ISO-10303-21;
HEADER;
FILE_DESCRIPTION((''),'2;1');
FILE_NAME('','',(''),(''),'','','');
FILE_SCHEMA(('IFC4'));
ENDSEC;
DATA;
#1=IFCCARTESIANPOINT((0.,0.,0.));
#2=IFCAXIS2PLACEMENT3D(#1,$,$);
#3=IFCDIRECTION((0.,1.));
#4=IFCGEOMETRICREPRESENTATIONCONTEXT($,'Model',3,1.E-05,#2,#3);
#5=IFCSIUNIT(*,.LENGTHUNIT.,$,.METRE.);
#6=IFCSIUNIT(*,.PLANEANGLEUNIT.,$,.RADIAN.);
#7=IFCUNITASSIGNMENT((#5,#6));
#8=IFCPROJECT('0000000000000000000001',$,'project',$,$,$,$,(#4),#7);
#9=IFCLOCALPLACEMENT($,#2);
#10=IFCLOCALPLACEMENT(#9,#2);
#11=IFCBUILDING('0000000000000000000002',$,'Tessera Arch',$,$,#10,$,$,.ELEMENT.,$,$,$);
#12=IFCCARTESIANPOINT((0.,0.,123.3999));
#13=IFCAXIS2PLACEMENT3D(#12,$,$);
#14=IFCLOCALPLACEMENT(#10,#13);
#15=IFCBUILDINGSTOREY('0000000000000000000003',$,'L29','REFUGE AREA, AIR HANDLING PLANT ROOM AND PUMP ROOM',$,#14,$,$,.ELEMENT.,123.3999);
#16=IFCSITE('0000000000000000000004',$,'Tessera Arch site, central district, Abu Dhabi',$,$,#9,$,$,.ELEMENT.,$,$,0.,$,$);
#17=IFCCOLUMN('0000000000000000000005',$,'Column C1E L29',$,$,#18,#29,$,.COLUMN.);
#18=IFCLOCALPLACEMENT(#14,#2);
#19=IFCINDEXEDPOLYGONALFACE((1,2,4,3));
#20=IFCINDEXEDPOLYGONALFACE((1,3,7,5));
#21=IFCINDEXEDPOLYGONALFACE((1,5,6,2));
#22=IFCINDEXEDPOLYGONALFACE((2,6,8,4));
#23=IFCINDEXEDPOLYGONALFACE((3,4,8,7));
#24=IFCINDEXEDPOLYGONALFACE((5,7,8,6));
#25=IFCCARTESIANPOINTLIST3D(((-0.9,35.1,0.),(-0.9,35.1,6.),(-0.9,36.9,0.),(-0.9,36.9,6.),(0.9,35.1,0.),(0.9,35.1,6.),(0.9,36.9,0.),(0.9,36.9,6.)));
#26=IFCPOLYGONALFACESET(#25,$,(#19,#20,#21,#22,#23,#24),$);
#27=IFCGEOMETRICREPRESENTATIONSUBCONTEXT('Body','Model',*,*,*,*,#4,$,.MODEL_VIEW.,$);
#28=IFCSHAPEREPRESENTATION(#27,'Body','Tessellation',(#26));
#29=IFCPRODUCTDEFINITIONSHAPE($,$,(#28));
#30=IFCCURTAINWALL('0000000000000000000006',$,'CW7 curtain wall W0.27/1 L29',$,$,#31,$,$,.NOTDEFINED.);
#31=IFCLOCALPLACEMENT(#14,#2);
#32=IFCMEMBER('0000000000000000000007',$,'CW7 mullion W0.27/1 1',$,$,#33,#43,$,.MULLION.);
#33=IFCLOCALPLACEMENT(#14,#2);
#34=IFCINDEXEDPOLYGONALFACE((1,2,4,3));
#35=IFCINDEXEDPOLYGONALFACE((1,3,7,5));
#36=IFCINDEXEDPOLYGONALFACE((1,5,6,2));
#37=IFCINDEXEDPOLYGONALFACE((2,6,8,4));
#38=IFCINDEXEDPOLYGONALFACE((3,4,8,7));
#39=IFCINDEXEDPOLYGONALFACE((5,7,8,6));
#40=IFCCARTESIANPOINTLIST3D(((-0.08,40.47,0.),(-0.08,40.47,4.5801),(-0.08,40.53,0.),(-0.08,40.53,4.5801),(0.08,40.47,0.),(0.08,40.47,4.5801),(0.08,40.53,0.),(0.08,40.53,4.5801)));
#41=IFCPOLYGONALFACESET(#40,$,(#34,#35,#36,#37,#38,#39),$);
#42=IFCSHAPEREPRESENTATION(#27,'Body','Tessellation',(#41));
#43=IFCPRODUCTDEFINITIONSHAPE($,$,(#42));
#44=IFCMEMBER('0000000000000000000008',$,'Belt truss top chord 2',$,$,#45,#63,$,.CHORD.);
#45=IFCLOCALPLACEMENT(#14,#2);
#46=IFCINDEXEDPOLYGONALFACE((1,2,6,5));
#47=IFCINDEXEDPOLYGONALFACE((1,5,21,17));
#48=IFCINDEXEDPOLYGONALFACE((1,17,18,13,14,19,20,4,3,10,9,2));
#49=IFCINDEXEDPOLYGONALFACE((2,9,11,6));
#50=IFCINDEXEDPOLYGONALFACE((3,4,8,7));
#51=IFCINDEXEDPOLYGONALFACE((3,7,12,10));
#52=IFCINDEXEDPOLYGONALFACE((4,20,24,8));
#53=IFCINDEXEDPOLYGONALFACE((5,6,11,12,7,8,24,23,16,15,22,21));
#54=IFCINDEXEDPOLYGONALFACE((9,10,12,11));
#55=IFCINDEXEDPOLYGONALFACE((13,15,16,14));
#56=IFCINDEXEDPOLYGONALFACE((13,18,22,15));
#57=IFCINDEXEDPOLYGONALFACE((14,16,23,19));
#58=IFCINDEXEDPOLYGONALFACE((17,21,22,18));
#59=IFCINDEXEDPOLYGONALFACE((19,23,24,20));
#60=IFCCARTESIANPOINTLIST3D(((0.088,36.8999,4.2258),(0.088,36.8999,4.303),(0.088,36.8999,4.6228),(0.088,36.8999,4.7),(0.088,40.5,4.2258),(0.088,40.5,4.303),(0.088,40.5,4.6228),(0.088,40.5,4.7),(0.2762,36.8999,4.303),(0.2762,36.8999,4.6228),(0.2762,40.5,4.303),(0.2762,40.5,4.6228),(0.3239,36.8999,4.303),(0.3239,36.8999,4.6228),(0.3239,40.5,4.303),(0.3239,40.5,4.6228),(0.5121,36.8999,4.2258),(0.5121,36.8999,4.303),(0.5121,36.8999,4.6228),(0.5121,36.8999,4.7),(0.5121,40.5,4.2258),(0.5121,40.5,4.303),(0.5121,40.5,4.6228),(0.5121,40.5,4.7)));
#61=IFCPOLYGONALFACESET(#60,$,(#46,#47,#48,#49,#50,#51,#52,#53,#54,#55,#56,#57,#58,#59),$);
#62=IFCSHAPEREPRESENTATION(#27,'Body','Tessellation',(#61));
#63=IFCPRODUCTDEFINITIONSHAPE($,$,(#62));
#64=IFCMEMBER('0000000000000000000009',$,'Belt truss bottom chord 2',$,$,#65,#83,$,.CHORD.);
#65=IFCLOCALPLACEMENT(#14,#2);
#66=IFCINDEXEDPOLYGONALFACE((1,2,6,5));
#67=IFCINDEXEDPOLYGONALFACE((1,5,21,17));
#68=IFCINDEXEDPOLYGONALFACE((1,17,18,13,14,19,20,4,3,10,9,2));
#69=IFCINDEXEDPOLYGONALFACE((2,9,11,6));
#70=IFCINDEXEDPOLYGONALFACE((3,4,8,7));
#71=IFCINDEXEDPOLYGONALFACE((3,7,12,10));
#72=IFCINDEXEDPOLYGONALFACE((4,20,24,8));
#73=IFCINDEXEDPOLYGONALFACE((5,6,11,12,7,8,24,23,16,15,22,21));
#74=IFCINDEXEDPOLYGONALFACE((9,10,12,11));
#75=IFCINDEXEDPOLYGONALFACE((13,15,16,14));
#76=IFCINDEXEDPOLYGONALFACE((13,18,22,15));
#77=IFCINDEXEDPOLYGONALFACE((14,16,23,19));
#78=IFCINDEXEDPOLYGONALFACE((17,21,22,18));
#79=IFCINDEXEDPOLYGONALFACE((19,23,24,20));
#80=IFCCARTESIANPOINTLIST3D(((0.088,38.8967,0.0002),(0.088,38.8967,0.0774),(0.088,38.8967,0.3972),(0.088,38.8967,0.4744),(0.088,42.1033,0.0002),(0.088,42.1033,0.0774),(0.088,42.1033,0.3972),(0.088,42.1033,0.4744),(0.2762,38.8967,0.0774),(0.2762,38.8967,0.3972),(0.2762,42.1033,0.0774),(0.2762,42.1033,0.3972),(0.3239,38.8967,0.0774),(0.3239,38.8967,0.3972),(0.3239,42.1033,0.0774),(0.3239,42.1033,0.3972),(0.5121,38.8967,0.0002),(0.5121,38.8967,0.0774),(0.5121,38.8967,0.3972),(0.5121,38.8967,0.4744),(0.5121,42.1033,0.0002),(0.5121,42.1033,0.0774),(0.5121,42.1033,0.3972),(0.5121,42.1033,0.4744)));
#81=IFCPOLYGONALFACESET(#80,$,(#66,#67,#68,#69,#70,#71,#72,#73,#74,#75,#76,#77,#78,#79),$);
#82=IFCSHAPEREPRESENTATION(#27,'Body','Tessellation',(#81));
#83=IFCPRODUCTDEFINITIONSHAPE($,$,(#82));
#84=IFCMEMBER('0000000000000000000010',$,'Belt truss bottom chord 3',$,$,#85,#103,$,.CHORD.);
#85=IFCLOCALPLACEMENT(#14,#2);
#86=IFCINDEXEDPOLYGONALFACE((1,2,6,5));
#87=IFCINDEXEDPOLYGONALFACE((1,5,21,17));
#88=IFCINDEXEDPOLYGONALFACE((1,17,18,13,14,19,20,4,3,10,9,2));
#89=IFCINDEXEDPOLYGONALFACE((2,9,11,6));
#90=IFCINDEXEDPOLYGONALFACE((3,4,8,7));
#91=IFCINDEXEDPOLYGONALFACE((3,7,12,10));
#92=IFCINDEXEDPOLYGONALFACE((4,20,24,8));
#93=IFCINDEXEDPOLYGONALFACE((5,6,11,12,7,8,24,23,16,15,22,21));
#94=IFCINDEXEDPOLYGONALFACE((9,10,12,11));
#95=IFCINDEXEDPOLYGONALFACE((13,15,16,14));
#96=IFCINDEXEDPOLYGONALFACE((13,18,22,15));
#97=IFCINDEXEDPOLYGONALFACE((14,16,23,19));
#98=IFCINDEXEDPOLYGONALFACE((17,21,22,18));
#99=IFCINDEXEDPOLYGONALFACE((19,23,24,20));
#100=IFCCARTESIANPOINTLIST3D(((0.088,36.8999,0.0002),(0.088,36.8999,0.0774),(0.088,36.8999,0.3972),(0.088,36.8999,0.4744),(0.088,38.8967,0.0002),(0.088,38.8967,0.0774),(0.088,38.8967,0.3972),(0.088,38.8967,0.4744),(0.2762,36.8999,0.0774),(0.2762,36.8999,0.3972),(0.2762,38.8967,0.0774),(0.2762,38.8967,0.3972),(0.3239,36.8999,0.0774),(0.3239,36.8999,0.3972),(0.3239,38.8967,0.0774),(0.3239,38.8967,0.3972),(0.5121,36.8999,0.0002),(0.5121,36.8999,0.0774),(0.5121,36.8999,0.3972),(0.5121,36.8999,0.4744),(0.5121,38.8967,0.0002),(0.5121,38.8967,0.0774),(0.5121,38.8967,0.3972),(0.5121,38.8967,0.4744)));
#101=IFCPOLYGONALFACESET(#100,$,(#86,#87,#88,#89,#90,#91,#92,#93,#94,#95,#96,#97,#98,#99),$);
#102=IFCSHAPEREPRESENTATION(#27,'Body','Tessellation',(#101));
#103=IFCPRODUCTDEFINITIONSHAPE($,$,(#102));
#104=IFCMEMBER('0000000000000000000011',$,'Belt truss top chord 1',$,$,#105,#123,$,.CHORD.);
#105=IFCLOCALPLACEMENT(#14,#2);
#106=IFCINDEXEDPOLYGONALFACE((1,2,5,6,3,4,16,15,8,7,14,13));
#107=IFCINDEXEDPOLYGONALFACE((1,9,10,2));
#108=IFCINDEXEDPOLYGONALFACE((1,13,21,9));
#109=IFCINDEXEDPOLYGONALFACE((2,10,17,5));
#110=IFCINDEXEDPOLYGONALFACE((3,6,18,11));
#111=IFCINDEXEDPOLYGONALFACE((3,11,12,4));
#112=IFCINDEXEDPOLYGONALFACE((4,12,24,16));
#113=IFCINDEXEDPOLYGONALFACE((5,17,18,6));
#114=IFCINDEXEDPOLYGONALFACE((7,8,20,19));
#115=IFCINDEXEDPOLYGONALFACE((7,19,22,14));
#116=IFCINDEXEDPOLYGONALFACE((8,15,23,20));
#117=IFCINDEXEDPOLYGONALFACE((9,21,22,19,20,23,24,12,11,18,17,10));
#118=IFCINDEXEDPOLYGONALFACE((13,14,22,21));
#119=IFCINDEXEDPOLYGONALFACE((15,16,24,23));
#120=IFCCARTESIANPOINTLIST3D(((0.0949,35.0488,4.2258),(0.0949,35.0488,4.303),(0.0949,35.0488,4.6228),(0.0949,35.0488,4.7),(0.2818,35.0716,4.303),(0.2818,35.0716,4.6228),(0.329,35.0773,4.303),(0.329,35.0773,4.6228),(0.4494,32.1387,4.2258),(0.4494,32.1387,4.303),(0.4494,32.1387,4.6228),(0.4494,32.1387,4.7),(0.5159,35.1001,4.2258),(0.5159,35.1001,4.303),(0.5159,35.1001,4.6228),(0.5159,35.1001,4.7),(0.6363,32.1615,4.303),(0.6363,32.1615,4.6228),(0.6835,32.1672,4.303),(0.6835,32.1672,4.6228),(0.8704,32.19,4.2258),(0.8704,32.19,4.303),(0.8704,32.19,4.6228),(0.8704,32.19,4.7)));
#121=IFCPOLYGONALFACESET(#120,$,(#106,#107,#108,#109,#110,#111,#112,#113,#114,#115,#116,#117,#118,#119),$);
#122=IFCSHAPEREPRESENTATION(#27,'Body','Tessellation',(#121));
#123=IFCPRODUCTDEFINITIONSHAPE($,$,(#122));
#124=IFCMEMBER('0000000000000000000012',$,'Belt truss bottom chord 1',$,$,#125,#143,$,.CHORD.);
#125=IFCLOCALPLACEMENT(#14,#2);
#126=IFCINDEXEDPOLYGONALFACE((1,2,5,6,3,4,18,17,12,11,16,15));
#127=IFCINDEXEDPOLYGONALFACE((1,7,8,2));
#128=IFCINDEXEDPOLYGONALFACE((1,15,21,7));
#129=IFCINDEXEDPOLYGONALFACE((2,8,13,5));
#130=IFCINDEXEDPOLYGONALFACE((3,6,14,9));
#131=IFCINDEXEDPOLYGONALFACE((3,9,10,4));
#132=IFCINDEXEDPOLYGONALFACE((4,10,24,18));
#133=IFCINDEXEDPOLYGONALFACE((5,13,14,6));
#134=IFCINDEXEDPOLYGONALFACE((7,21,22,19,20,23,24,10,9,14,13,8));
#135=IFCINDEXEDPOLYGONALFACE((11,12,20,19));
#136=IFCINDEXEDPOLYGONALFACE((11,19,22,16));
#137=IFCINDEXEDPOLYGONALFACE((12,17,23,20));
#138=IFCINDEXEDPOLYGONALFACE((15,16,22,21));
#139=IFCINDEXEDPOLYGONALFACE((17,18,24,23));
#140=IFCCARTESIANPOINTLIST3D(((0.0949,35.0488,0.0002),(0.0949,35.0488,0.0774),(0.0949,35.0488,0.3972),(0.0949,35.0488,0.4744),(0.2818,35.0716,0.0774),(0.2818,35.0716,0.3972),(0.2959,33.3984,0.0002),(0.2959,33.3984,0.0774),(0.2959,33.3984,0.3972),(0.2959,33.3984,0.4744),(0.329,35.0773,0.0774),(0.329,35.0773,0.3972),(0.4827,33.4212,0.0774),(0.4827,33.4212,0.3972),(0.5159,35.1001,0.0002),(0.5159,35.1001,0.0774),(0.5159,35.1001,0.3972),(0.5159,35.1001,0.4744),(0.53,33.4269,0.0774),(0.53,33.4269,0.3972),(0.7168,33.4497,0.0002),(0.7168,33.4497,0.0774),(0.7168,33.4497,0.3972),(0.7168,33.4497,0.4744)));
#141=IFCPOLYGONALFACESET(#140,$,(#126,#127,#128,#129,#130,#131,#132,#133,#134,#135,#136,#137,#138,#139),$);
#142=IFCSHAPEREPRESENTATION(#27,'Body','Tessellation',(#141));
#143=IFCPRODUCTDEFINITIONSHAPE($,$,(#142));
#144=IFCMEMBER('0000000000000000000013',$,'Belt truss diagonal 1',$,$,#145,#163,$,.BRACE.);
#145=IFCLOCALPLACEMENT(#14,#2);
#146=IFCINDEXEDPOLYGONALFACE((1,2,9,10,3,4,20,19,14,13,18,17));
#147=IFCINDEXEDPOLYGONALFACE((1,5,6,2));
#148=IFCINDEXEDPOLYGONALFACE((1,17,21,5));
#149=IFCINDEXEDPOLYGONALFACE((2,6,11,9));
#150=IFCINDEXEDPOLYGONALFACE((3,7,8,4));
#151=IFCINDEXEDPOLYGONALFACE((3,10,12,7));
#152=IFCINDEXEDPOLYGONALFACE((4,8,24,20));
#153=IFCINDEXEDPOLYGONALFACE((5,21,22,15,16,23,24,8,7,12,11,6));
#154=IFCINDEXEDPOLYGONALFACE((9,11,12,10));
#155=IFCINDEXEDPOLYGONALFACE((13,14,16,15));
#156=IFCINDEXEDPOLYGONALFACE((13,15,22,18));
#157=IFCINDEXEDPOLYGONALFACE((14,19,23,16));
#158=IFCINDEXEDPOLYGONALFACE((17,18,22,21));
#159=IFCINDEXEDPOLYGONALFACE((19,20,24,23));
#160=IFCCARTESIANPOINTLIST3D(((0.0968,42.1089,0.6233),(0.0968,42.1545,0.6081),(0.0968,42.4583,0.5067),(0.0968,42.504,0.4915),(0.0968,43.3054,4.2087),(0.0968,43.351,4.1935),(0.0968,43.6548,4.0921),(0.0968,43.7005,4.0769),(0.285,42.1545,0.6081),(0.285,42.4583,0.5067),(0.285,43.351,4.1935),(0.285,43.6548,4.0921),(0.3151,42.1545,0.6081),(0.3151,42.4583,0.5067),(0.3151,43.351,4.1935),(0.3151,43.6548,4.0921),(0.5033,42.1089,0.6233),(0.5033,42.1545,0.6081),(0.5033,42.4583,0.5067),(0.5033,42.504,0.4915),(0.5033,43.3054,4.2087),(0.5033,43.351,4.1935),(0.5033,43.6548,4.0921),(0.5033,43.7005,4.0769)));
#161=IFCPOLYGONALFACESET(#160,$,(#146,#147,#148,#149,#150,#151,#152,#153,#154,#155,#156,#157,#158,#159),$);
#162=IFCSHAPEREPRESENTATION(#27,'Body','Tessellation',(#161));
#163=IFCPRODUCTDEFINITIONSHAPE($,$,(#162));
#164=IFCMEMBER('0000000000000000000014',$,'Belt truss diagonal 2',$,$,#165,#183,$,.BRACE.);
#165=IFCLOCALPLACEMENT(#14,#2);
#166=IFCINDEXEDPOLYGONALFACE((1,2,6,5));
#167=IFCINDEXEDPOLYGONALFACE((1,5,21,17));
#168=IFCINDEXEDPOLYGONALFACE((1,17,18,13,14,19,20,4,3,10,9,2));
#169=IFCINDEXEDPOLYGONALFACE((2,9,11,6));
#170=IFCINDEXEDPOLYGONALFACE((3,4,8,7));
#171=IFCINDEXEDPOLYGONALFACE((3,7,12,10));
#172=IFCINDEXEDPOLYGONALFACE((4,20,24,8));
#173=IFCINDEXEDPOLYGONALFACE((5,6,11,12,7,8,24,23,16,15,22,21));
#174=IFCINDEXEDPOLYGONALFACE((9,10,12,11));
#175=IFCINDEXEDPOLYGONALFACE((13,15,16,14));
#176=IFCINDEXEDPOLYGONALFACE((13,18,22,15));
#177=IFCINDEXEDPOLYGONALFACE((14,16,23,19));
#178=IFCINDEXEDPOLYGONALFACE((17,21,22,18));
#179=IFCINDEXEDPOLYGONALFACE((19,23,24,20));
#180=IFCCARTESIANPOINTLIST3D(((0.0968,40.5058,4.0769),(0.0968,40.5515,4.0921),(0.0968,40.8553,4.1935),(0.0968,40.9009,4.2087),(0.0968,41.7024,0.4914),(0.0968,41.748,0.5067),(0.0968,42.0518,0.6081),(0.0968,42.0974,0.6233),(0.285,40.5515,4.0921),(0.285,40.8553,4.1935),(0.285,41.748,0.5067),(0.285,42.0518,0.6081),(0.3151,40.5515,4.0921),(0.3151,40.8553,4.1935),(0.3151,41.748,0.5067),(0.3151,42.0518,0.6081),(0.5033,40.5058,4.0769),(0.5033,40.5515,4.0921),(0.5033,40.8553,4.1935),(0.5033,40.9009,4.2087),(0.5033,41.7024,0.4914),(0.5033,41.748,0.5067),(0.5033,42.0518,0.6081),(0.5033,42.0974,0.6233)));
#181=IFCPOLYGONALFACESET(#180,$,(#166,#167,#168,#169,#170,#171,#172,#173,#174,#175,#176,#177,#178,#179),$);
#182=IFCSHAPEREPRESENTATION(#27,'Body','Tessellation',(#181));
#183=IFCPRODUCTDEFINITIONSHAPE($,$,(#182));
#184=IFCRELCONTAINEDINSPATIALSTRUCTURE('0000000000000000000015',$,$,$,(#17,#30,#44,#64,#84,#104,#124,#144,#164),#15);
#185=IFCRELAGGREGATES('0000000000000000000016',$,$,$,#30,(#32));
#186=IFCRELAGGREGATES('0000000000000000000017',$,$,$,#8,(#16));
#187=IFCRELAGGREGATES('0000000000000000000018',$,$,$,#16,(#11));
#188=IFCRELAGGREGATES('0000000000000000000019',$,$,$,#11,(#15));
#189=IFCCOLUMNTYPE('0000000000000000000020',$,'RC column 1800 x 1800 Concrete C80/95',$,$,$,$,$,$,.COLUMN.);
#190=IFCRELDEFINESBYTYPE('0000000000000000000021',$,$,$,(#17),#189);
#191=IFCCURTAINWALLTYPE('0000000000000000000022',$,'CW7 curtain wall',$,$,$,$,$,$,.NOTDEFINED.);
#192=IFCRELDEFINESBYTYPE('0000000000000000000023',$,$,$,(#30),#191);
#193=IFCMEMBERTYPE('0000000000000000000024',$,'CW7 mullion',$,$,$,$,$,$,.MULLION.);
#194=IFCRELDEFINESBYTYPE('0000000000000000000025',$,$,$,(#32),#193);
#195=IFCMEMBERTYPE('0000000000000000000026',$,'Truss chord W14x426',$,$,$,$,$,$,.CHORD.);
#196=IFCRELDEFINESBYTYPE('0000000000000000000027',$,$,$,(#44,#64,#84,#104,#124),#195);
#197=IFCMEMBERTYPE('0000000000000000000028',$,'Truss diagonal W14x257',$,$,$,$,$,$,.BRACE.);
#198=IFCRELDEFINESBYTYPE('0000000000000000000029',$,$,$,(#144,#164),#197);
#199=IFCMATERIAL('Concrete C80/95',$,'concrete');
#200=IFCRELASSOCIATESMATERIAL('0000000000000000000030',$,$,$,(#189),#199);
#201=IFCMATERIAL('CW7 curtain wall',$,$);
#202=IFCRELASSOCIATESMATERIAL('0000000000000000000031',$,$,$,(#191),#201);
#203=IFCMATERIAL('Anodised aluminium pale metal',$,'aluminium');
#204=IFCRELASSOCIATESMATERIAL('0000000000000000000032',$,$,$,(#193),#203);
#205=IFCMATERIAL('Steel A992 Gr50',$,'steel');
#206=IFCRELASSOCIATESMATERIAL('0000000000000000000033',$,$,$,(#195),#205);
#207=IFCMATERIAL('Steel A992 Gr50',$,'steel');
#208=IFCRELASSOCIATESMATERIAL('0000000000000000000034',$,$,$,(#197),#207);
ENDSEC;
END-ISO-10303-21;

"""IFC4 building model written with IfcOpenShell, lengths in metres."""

from ifc_helpers import new_model, si_unit, direction, frame, origin, origin_2d, place, context, subcontext, project, spatial, rectangle, i_section, extrude, material, material_profile, profile_set, type_object, element, aggregate, save


model = new_model("IFC4")

# Units and contexts
model_context = context("Model", 3, precision=1e-05, world=origin(), true_north=direction((0.0, 1.0)))
body_context = subcontext(model_context, "Body", "Model", "MODEL_VIEW")
ifc_project = project(units=[si_unit("LENGTHUNIT", "METRE"), si_unit("PLANEANGLEUNIT", "RADIAN")], contexts=[model_context])

# Site, building, storey
site_placement = place(None, origin())
site = spatial("IfcSite", under=ifc_project, at=site_placement, Name="Tessera Arch site, central district, Abu Dhabi", CompositionType="ELEMENT", RefElevation=0.0)
building_placement = place(site_placement, origin())
building = spatial("IfcBuilding", under=site, at=building_placement, Name="Tessera Arch", CompositionType="ELEMENT")
storey_placement = place(building_placement, frame((0.0, 0.0, 123.3999)))
storey = spatial("IfcBuildingStorey", under=building, at=storey_placement, Name="L29", Description="REFUGE AREA, AIR HANDLING PLANT ROOM AND PUMP ROOM", CompositionType="ELEMENT", Elevation=123.3999)

# Column
ifc_material_1 = material(Name="Concrete C80/95", Category="concrete")
ifc_material_profile_1 = material_profile(ifc_material_1, rectangle(XDim=1.8, YDim=1.8, at=origin_2d()), Name="RC column 1800 x 1800 Concrete C80/95")
ifc_profile_set_1 = profile_set([ifc_material_profile_1], Name="Concrete C80/95")
column_type = type_object("IfcColumnType", Name="RC column 1800 x 1800 Concrete C80/95", PredefinedType="COLUMN", material=ifc_profile_set_1)
column_placement = place(storey_placement, frame((0.0, 36.0, 0.0), z_axis=(0.0, 0.0, 1.0), x_axis=(1.0, 0.0, 0.0)))
element("IfcColumn", 1, at=column_placement, inside=storey, type_object=column_type, Name="Column C1E L29", PredefinedType="COLUMN", context=body_context, shape_type="SweptSolid", body=[
    extrude(rectangle(XDim=1.8, YDim=1.8, at=origin_2d()), origin(), (0.0, 0.0, 1.0), 6.0),
])

# Curtain wall, member
ifc_material_2 = material(Name="CW7 curtain wall")
curtain_wall_type = type_object("IfcCurtainWallType", Name="CW7 curtain wall", PredefinedType="NOTDEFINED", material=ifc_material_2)
curtain_wall_placement = place(storey_placement, origin())
curtain_wall = element("IfcCurtainWall", 2, at=curtain_wall_placement, inside=storey, type_object=curtain_wall_type, Name="CW7 curtain wall W0.27/1 L29", PredefinedType="NOTDEFINED")
ifc_material_3 = material(Name="Anodised aluminium pale metal", Category="aluminium")
ifc_material_profile_2 = material_profile(ifc_material_3, rectangle(XDim=0.1599, YDim=0.0601, at=origin_2d()), Name="AL 60x160")
ifc_profile_set_2 = profile_set([ifc_material_profile_2], Name="Anodised aluminium pale metal")
member_type_1 = type_object("IfcMemberType", Name="CW7 mullion", PredefinedType="MULLION", material=ifc_profile_set_2)
member_1_placement = place(storey_placement, frame((0.0, 40.5, 0.0), z_axis=(0.0, 0.0, 1.0), x_axis=(1.0, 0.0, 0.0)))
member_1 = element("IfcMember", 3, at=member_1_placement, type_object=member_type_1, Name="CW7 mullion W0.27/1 1", PredefinedType="MULLION", context=body_context, shape_type="SweptSolid", body=[
    extrude(rectangle(XDim=0.1599, YDim=0.0601, at=origin_2d()), origin(), (0.0, 0.0, 1.0), 4.5801),
])

# Members
ifc_material_4 = material(Name="Steel A992 Gr50", Category="steel")
ifc_material_profile_3 = material_profile(ifc_material_4, i_section(OverallWidth=0.4241, OverallDepth=0.4741, WebThickness=0.0476, FlangeThickness=0.0771, at=origin_2d()), Name="W14x426")
ifc_profile_set_3 = profile_set([ifc_material_profile_3], Name="Steel A992 Gr50")
member_type_2 = type_object("IfcMemberType", Name="Truss chord W14x426", PredefinedType="CHORD", material=ifc_profile_set_3)
member_2_placement = place(storey_placement, frame((0.3, 40.5, 4.4629), z_axis=(0.0, -1.0, 0.0), x_axis=(1.0, 0.0, 0.0)))
element("IfcMember", 4, at=member_2_placement, inside=storey, type_object=member_type_2, Name="Belt truss top chord 2", PredefinedType="CHORD", context=body_context, shape_type="SweptSolid", body=[
    extrude(i_section(OverallWidth=0.4241, OverallDepth=0.4741, WebThickness=0.0476, FlangeThickness=0.0771, at=origin_2d()), origin(), (0.0, 0.0, 1.0), 3.6001),
])
member_3_placement = place(storey_placement, frame((0.3, 42.1033, 0.2373), z_axis=(0.0, -1.0, 0.0), x_axis=(1.0, 0.0, 0.0)))
element("IfcMember", 5, at=member_3_placement, inside=storey, type_object=member_type_2, Name="Belt truss bottom chord 2", PredefinedType="CHORD", context=body_context, shape_type="SweptSolid", body=[
    extrude(i_section(OverallWidth=0.4241, OverallDepth=0.4741, WebThickness=0.0476, FlangeThickness=0.0771, at=origin_2d()), origin(), (0.0, 0.0, 1.0), 3.2065),
])
member_4_placement = place(storey_placement, frame((0.3, 38.8967, 0.2373), z_axis=(0.0, -1.0, 0.0), x_axis=(1.0, 0.0, 0.0)))
element("IfcMember", 6, at=member_4_placement, inside=storey, type_object=member_type_2, Name="Belt truss bottom chord 3", PredefinedType="CHORD", context=body_context, shape_type="SweptSolid", body=[
    extrude(i_section(OverallWidth=0.4241, OverallDepth=0.4741, WebThickness=0.0476, FlangeThickness=0.0771, at=origin_2d()), origin(), (0.0, 0.0, 1.0), 1.9968),
])
member_5_placement = place(storey_placement, frame((0.3054, 35.0745, 4.4629), z_axis=(0.120918, -0.992662, 0.0), x_axis=(0.992662, 0.120918, 0.0)))
element("IfcMember", 7, at=member_5_placement, inside=storey, type_object=member_type_2, Name="Belt truss top chord 1", PredefinedType="CHORD", context=body_context, shape_type="SweptSolid", body=[
    extrude(i_section(OverallWidth=0.4241, OverallDepth=0.4741, WebThickness=0.0476, FlangeThickness=0.0771, at=origin_2d()), origin(), (0.0, 0.0, 1.0), 2.9316),
])
member_6_placement = place(storey_placement, frame((0.3054, 35.0745, 0.2373), z_axis=(0.120853, -0.99267, 0.0), x_axis=(0.99267, 0.120853, 0.0)))
element("IfcMember", 8, at=member_6_placement, inside=storey, type_object=member_type_2, Name="Belt truss bottom chord 1", PredefinedType="CHORD", context=body_context, shape_type="SweptSolid", body=[
    extrude(i_section(OverallWidth=0.4241, OverallDepth=0.4741, WebThickness=0.0476, FlangeThickness=0.0771, at=origin_2d()), origin(), (0.0, 0.0, 1.0), 1.6626),
])
ifc_material_5 = material(Name="Steel A992 Gr50", Category="steel")
ifc_material_profile_4 = material_profile(ifc_material_5, i_section(OverallWidth=0.4065, OverallDepth=0.4165, WebThickness=0.03, FlangeThickness=0.0481, at=origin_2d()), Name="W14x257")
ifc_profile_set_4 = profile_set([ifc_material_profile_4], Name="Steel A992 Gr50")
member_type_3 = type_object("IfcMemberType", Name="Truss diagonal W14x257", PredefinedType="BRACE", material=ifc_profile_set_4)
for number, where, z_axis, x_axis, name in (
    (9, (0.3, 43.5029, 4.1428), (0.0, -0.316557, -0.948573), (1.0, 0.0, 0.0), "Belt truss diagonal 1"),
    (10, (0.3, 41.8999, 0.5574), (0.0, -0.316557, 0.948573), (1.0, 0.0, 0.0), "Belt truss diagonal 2"),
):
    element("IfcMember", number, at=place(storey_placement, frame(where, z_axis=z_axis, x_axis=x_axis)), inside=storey, type_object=member_type_3, Name=name, PredefinedType="BRACE", context=body_context, shape_type="SweptSolid", body=[
        extrude(i_section(OverallWidth=0.4065, OverallDepth=0.4165, WebThickness=0.03, FlangeThickness=0.0481, at=origin_2d()), origin(), (0.0, 0.0, 1.0), 3.7798),
    ])

aggregate(curtain_wall, [member_1])

save(model, "model.ifc")
